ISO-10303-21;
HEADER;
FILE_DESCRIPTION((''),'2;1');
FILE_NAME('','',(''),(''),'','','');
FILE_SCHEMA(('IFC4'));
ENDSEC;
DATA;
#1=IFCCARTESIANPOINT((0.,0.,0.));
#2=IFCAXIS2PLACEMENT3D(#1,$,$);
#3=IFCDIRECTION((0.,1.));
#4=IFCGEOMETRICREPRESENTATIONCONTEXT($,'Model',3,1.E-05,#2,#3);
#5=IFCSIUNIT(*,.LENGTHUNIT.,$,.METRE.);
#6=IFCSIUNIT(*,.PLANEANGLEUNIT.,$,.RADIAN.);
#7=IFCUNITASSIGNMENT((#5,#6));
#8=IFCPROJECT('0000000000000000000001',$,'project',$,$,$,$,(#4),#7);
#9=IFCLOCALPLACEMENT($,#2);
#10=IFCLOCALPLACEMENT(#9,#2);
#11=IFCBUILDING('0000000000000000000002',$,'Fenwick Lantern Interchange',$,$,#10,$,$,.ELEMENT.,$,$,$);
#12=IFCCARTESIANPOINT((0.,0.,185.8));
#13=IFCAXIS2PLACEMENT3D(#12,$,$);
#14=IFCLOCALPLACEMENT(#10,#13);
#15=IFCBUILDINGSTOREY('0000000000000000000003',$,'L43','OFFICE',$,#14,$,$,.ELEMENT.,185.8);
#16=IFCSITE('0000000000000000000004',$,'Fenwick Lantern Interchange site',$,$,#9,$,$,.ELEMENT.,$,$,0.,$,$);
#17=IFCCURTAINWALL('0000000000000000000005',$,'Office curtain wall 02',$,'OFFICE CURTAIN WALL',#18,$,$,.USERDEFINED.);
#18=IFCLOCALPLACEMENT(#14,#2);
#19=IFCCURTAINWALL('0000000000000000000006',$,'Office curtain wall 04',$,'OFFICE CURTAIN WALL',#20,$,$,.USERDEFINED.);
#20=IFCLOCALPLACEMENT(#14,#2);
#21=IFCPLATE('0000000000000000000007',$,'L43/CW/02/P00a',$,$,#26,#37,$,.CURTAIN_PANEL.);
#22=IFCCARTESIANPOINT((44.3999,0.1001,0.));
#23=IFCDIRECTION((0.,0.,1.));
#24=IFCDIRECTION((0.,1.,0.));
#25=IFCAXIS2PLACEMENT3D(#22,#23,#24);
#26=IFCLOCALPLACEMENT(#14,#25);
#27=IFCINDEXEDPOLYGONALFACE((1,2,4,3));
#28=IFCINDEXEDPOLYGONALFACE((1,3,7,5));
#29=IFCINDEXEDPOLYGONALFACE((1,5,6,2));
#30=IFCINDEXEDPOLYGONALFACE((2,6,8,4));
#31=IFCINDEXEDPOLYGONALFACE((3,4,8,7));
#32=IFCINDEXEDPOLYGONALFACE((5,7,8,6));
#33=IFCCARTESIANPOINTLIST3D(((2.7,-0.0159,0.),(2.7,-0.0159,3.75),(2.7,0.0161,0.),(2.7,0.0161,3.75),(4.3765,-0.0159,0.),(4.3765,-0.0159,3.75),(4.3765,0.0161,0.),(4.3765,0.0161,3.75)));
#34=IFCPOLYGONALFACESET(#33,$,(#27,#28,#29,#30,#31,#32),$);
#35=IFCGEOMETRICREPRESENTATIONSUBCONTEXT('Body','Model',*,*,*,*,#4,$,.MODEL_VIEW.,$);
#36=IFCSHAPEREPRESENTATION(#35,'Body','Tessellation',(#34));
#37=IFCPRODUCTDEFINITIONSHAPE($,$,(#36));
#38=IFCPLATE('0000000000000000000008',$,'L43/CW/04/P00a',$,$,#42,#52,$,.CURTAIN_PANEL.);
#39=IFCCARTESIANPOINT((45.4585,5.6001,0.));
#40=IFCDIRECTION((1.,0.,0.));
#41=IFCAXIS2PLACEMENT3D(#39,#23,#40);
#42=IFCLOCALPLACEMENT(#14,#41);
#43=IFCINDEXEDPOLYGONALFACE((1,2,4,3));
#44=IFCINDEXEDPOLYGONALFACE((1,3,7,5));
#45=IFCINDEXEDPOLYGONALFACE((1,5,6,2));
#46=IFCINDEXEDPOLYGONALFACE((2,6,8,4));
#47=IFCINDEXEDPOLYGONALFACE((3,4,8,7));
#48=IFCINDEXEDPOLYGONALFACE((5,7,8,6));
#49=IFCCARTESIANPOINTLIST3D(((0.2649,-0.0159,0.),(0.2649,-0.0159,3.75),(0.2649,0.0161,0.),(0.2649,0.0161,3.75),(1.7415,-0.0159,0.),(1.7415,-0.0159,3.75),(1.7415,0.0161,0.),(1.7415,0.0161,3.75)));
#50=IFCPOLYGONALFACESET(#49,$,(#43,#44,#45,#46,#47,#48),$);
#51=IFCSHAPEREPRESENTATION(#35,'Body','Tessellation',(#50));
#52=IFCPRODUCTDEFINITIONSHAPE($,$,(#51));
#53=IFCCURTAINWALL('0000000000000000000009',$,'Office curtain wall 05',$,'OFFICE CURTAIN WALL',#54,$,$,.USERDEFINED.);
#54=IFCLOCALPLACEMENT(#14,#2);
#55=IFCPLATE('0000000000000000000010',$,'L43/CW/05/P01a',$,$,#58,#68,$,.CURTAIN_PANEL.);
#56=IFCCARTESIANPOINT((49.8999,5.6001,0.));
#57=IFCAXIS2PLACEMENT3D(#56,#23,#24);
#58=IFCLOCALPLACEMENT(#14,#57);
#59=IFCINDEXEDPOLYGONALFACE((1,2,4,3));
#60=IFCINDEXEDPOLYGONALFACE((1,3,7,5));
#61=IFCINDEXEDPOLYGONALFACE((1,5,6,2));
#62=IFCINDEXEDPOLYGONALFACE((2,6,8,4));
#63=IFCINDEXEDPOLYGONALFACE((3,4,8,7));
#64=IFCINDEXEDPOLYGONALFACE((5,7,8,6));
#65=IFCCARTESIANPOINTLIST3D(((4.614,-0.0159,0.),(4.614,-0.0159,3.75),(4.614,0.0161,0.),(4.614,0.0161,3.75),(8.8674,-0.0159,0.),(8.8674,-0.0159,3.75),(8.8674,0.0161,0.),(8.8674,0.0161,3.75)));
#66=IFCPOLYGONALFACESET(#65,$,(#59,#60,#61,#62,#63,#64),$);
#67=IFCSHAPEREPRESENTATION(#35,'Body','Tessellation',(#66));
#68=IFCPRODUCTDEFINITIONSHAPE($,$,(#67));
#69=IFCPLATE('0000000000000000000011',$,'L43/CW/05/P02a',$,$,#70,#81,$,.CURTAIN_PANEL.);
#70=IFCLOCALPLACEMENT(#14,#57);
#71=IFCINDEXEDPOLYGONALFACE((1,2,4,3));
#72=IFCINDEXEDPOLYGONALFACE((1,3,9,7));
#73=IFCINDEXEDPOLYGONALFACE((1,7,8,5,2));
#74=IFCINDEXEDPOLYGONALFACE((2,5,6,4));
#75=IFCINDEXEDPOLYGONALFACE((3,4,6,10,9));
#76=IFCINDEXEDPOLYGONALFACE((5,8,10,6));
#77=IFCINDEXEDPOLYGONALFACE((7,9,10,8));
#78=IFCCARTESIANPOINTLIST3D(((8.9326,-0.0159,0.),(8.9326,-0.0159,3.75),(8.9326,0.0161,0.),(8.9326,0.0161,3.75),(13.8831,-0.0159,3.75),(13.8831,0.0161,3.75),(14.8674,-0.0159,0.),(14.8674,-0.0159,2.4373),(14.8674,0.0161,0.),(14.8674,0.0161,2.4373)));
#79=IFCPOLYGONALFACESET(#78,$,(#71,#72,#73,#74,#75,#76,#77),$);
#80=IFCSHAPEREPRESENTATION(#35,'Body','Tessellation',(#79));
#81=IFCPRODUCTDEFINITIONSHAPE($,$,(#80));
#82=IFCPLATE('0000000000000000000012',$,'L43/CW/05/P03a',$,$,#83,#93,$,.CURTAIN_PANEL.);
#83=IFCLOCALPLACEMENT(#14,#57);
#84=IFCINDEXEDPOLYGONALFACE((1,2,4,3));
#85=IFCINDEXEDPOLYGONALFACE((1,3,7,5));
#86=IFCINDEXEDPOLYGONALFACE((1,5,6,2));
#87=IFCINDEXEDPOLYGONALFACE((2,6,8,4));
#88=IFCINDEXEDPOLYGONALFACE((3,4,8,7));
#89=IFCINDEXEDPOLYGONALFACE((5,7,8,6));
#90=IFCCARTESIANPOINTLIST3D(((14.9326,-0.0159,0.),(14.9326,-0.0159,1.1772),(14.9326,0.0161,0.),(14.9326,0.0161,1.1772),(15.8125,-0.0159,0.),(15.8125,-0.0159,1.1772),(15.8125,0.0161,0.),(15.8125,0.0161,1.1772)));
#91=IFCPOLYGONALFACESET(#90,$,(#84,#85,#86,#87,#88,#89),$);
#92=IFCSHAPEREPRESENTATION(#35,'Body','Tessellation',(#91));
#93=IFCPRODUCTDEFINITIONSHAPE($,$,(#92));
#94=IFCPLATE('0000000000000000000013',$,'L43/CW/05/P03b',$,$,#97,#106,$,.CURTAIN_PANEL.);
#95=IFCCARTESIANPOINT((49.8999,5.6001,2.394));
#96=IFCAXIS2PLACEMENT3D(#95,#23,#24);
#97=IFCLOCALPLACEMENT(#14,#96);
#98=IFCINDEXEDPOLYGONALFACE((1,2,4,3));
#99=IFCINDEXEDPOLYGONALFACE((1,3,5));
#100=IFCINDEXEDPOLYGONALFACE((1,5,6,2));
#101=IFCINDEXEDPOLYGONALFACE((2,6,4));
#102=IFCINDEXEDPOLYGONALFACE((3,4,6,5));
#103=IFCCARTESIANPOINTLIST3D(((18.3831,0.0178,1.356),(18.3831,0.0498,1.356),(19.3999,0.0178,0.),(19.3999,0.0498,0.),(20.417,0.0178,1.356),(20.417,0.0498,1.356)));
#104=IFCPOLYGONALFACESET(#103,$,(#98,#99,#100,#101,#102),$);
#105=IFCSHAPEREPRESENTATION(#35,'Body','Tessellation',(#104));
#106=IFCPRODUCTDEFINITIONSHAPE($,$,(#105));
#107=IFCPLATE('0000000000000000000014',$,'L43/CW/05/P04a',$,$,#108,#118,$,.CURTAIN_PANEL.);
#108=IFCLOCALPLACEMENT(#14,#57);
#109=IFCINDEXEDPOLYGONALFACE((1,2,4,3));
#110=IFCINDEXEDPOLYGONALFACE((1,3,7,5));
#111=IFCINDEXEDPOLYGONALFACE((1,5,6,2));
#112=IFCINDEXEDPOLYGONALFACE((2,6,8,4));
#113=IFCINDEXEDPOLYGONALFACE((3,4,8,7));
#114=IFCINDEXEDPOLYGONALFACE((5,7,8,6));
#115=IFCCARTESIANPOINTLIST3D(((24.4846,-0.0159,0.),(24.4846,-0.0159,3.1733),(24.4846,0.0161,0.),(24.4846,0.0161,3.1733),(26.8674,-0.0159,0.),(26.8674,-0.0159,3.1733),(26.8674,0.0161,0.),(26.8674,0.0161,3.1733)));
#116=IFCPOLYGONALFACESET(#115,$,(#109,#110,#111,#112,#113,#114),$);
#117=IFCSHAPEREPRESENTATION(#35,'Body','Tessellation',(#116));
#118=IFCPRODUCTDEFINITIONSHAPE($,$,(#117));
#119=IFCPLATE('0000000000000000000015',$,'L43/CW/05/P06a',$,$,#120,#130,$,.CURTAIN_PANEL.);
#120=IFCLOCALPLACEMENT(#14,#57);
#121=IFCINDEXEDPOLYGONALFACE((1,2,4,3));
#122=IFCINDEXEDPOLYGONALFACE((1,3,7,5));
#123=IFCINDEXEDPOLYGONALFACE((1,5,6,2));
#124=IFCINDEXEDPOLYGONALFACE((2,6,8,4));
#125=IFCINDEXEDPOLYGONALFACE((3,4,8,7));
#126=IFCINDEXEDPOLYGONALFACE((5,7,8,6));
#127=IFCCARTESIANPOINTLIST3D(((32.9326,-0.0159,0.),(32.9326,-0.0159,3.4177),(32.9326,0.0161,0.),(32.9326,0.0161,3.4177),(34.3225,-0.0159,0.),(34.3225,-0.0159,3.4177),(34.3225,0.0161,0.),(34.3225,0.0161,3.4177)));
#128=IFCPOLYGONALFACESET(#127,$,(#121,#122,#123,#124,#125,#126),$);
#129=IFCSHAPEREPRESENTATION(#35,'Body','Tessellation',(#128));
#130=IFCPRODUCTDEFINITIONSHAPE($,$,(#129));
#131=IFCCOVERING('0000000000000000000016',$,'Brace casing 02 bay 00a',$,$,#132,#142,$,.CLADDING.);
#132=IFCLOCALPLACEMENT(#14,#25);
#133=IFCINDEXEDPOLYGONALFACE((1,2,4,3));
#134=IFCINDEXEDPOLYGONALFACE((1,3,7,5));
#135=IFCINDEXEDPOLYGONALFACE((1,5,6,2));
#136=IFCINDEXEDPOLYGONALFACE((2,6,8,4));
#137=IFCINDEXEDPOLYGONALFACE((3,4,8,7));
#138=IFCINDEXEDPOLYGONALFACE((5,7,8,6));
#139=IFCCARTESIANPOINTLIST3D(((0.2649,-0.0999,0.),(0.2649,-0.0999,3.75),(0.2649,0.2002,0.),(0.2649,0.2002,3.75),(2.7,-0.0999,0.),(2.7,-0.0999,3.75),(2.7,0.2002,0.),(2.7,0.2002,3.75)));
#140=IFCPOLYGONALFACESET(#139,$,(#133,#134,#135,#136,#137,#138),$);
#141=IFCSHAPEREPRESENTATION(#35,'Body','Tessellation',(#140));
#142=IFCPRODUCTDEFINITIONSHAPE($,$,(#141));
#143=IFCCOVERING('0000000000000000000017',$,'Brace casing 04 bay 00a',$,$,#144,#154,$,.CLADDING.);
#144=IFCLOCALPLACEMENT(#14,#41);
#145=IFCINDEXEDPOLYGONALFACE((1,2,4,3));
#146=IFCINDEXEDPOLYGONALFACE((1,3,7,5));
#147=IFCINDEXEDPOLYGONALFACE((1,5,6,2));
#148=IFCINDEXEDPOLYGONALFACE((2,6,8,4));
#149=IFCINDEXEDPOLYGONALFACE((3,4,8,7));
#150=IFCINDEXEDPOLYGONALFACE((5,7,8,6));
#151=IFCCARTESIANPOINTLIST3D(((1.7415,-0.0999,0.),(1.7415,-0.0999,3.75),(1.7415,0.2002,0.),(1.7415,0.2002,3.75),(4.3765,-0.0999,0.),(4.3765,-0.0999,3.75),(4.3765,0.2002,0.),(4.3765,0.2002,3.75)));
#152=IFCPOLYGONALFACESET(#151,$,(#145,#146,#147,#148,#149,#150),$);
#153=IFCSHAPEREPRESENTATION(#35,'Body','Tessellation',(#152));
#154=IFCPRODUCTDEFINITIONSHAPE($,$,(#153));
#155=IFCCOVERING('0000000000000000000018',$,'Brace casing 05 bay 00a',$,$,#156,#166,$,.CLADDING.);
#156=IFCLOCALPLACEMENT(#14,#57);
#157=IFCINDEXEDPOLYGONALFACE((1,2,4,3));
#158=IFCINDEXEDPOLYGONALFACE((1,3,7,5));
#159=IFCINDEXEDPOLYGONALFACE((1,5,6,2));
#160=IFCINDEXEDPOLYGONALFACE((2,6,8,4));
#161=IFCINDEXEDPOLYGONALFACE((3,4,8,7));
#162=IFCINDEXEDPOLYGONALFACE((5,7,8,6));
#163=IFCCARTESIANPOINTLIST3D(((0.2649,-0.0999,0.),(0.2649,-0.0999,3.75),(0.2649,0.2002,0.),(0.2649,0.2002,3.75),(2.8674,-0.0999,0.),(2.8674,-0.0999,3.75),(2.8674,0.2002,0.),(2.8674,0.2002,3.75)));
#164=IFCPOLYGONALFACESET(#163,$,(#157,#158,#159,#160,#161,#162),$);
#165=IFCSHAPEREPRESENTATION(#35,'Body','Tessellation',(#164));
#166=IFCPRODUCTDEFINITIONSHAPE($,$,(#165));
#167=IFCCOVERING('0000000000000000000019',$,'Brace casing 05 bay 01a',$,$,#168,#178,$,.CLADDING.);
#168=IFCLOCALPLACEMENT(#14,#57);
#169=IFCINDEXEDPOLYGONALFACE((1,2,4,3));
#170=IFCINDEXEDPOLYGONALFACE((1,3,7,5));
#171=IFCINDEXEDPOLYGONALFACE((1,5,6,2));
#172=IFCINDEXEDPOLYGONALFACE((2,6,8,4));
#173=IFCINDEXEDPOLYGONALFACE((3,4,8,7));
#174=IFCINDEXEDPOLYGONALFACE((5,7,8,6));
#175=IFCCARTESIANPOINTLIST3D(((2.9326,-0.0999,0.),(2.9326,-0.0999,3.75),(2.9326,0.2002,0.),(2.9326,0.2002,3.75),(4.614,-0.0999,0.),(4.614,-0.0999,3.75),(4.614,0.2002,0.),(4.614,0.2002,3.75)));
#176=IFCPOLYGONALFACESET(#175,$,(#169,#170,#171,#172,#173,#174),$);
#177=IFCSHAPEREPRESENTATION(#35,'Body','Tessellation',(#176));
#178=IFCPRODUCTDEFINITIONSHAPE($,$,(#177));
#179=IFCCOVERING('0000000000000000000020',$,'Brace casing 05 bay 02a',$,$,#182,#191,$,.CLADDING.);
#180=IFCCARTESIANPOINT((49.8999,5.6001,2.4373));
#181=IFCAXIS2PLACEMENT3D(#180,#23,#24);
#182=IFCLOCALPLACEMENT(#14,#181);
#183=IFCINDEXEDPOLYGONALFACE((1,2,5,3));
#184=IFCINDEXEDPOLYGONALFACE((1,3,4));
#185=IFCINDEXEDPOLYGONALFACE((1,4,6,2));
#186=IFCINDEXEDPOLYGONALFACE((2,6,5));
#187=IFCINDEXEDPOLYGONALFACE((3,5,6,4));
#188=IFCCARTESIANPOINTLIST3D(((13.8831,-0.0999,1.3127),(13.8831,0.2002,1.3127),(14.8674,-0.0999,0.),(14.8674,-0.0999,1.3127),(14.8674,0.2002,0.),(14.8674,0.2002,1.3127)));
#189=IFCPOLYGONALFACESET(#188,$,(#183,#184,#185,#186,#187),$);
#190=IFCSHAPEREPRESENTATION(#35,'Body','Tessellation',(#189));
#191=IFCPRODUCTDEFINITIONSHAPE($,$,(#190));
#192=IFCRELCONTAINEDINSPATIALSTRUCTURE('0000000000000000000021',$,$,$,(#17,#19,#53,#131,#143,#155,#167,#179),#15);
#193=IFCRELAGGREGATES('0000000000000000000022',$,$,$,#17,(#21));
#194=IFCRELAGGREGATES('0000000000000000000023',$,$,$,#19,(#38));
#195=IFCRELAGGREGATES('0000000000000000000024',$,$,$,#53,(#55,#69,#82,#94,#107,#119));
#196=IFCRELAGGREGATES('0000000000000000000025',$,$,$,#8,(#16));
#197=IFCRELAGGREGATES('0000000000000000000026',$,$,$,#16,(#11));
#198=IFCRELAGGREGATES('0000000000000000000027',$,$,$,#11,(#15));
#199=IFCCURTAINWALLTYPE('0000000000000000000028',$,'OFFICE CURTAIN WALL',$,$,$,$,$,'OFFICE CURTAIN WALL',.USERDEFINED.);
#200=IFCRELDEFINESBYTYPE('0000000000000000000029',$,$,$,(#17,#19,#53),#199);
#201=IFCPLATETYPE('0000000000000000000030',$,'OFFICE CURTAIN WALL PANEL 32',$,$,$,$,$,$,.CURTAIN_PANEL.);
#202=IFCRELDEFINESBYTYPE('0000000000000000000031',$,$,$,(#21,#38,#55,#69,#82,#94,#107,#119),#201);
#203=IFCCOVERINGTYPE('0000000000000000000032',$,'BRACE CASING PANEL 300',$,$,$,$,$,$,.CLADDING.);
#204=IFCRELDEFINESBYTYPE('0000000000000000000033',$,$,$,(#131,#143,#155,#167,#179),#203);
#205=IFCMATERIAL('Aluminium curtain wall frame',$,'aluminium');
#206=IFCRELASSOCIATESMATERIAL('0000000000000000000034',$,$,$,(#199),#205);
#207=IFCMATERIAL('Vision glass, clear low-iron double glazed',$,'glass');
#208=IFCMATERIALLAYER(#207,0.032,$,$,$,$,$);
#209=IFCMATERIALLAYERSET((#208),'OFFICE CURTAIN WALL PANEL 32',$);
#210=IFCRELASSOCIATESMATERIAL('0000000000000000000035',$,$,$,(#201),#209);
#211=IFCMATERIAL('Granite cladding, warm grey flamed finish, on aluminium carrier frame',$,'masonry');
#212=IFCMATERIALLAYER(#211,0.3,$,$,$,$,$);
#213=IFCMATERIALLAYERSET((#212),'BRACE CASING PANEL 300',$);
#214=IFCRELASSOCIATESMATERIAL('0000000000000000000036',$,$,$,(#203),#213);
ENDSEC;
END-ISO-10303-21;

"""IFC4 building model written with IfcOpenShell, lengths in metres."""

from ifc_helpers import new_model, si_unit, direction, frame, origin, place, context, subcontext, project, spatial, polyline, outline, extrude, material, layer, layer_set, type_object, element, aggregate, save


model = new_model("IFC4")

# Units and contexts
model_context = context("Model", 3, precision=1e-05, world=origin(), true_north=direction((0.0, 1.0)))
body_context = subcontext(model_context, "Body", "Model", "MODEL_VIEW")
ifc_project = project(units=[si_unit("LENGTHUNIT", "METRE"), si_unit("PLANEANGLEUNIT", "RADIAN")], contexts=[model_context])

# Site, building, storey
site_placement = place(None, origin())
site = spatial("IfcSite", under=ifc_project, at=site_placement, Name="Fenwick Lantern Interchange site", CompositionType="ELEMENT", RefElevation=0.0)
building_placement = place(site_placement, origin())
building = spatial("IfcBuilding", under=site, at=building_placement, Name="Fenwick Lantern Interchange", CompositionType="ELEMENT")
storey_placement = place(building_placement, frame((0.0, 0.0, 185.8)))
storey = spatial("IfcBuildingStorey", under=building, at=storey_placement, Name="L43", Description="OFFICE", CompositionType="ELEMENT", Elevation=185.8)

# Shared definitions
ifc_material_1 = material(Name="Aluminium curtain wall frame", Category="aluminium")
curtain_wall_type = type_object("IfcCurtainWallType", Name="OFFICE CURTAIN WALL", ElementType="OFFICE CURTAIN WALL", PredefinedType="USERDEFINED", material=ifc_material_1)

# Curtain walls
curtain_wall_1_placement = place(storey_placement, origin())
curtain_wall_1 = element("IfcCurtainWall", 1, at=curtain_wall_1_placement, inside=storey, type_object=curtain_wall_type, Name="Office curtain wall 02", ObjectType="OFFICE CURTAIN WALL", PredefinedType="USERDEFINED")
curtain_wall_2_placement = place(storey_placement, origin())
curtain_wall_2 = element("IfcCurtainWall", 2, at=curtain_wall_2_placement, inside=storey, type_object=curtain_wall_type, Name="Office curtain wall 04", ObjectType="OFFICE CURTAIN WALL", PredefinedType="USERDEFINED")

# Plates
ifc_material_2 = material(Name="Vision glass, clear low-iron double glazed", Category="glass")
ifc_layer_1 = layer(ifc_material_2, 0.032)
ifc_layer_set_1 = layer_set([ifc_layer_1], Name="OFFICE CURTAIN WALL PANEL 32")
plate_type = type_object("IfcPlateType", Name="OFFICE CURTAIN WALL PANEL 32", PredefinedType="CURTAIN_PANEL", material=ifc_layer_set_1)
plate_1_placement = place(storey_placement, frame((44.3999, 0.1001, 0.0), z_axis=(0.0, 0.0, 1.0), x_axis=(0.0, 1.0, 0.0)))
plate_1 = element("IfcPlate", 3, at=plate_1_placement, type_object=plate_type, Name="L43/CW/02/P00a", PredefinedType="CURTAIN_PANEL", context=body_context, shape_type="SweptSolid", body=[
    extrude(outline(polyline([(2.7, 0.0), (4.3765, 0.0), (4.3765, 3.75), (2.7, 3.75), (2.7, 0.0)])), frame((0.0, 0.0161, 0.0), z_axis=(0.0, -1.0, 0.0), x_axis=(1.0, 0.0, 0.0)), (0.0, 0.0, 1.0), 0.032),
])
aggregate(curtain_wall_1, [plate_1])
plate_2_placement = place(storey_placement, frame((45.4585, 5.6001, 0.0), z_axis=(0.0, 0.0, 1.0), x_axis=(1.0, 0.0, 0.0)))
plate_2 = element("IfcPlate", 4, at=plate_2_placement, type_object=plate_type, Name="L43/CW/04/P00a", PredefinedType="CURTAIN_PANEL", context=body_context, shape_type="SweptSolid", body=[
    extrude(outline(polyline([(0.2649, 0.0), (1.7415, 0.0), (1.7415, 3.75), (0.2649, 3.75), (0.2649, 0.0)])), frame((0.0, 0.0161, 0.0), z_axis=(0.0, -1.0, 0.0), x_axis=(1.0, 0.0, 0.0)), (0.0, 0.0, 1.0), 0.032),
])
aggregate(curtain_wall_2, [plate_2])

# Curtain wall, plates
curtain_wall_3_placement = place(storey_placement, origin())
curtain_wall_3 = element("IfcCurtainWall", 5, at=curtain_wall_3_placement, inside=storey, type_object=curtain_wall_type, Name="Office curtain wall 05", ObjectType="OFFICE CURTAIN WALL", PredefinedType="USERDEFINED")
plate_3_placement = place(storey_placement, frame((49.8999, 5.6001, 0.0), z_axis=(0.0, 0.0, 1.0), x_axis=(0.0, 1.0, 0.0)))
plate_3 = element("IfcPlate", 6, at=plate_3_placement, type_object=plate_type, Name="L43/CW/05/P01a", PredefinedType="CURTAIN_PANEL", context=body_context, shape_type="SweptSolid", body=[
    extrude(outline(polyline([(4.614, 0.0), (8.8674, 0.0), (8.8674, 3.75), (4.614, 3.75), (4.614, 0.0)])), frame((0.0, 0.0161, 0.0), z_axis=(0.0, -1.0, 0.0), x_axis=(1.0, 0.0, 0.0)), (0.0, 0.0, 1.0), 0.032),
])
plate_4_placement = place(storey_placement, frame((49.8999, 5.6001, 0.0), z_axis=(0.0, 0.0, 1.0), x_axis=(0.0, 1.0, 0.0)))
plate_4 = element("IfcPlate", 7, at=plate_4_placement, type_object=plate_type, Name="L43/CW/05/P02a", PredefinedType="CURTAIN_PANEL", context=body_context, shape_type="SweptSolid", body=[
    extrude(outline(polyline([(8.9326, 0.0), (14.8674, 0.0), (14.8674, 2.4373), (13.8831, 3.75), (8.9326, 3.75), (8.9326, 0.0)])), frame((0.0, 0.0161, 0.0), z_axis=(0.0, -1.0, 0.0), x_axis=(1.0, 0.0, 0.0)), (0.0, 0.0, 1.0), 0.032),
])
plate_5_placement = place(storey_placement, frame((49.8999, 5.6001, 0.0), z_axis=(0.0, 0.0, 1.0), x_axis=(0.0, 1.0, 0.0)))
plate_5 = element("IfcPlate", 8, at=plate_5_placement, type_object=plate_type, Name="L43/CW/05/P03a", PredefinedType="CURTAIN_PANEL", context=body_context, shape_type="SweptSolid", body=[
    extrude(outline(polyline([(14.9326, 0.0), (15.8125, 0.0), (15.8125, 1.1772), (14.9326, 1.1772), (14.9326, 0.0)])), frame((0.0, 0.0161, 0.0), z_axis=(0.0, -1.0, 0.0), x_axis=(1.0, 0.0, 0.0)), (0.0, 0.0, 1.0), 0.032),
])
plate_6_placement = place(storey_placement, frame((49.8999, 5.6001, 2.394), z_axis=(0.0, 0.0, 1.0), x_axis=(0.0, 1.0, 0.0)))
plate_6 = element("IfcPlate", 9, at=plate_6_placement, type_object=plate_type, Name="L43/CW/05/P03b", PredefinedType="CURTAIN_PANEL", context=body_context, shape_type="SweptSolid", body=[
    extrude(outline(polyline([(19.3999, 0.0), (20.417, 1.356), (18.3831, 1.356), (19.3999, 0.0)])), frame((0.0, 0.0498, 0.0), z_axis=(0.0, -1.0, 0.0), x_axis=(1.0, 0.0, 0.0)), (0.0, 0.0, 1.0), 0.032),
])
plate_7_placement = place(storey_placement, frame((49.8999, 5.6001, 0.0), z_axis=(0.0, 0.0, 1.0), x_axis=(0.0, 1.0, 0.0)))
plate_7 = element("IfcPlate", 10, at=plate_7_placement, type_object=plate_type, Name="L43/CW/05/P04a", PredefinedType="CURTAIN_PANEL", context=body_context, shape_type="SweptSolid", body=[
    extrude(outline(polyline([(24.4846, 0.0), (26.8674, 0.0), (26.8674, 3.1733), (24.4846, 3.1733), (24.4846, 0.0)])), frame((0.0, 0.0161, 0.0), z_axis=(0.0, -1.0, 0.0), x_axis=(1.0, 0.0, 0.0)), (0.0, 0.0, 1.0), 0.032),
])
plate_8_placement = place(storey_placement, frame((49.8999, 5.6001, 0.0), z_axis=(0.0, 0.0, 1.0), x_axis=(0.0, 1.0, 0.0)))
plate_8 = element("IfcPlate", 11, at=plate_8_placement, type_object=plate_type, Name="L43/CW/05/P06a", PredefinedType="CURTAIN_PANEL", context=body_context, shape_type="SweptSolid", body=[
    extrude(outline(polyline([(32.9326, 0.0), (34.3225, 0.0), (34.3225, 3.4177), (32.9326, 3.4177), (32.9326, 0.0)])), frame((0.0, 0.0161, 0.0), z_axis=(0.0, -1.0, 0.0), x_axis=(1.0, 0.0, 0.0)), (0.0, 0.0, 1.0), 0.032),
])
aggregate(curtain_wall_3, [plate_3, plate_4, plate_5, plate_6, plate_7, plate_8])

# Coverings
ifc_material_3 = material(Name="Granite cladding, warm grey flamed finish, on aluminium carrier frame", Category="masonry")
ifc_layer_2 = layer(ifc_material_3, 0.3)
ifc_layer_set_2 = layer_set([ifc_layer_2], Name="BRACE CASING PANEL 300")
covering_type = type_object("IfcCoveringType", Name="BRACE CASING PANEL 300", PredefinedType="CLADDING", material=ifc_layer_set_2)
covering_1_placement = place(storey_placement, frame((44.3999, 0.1001, 0.0), z_axis=(0.0, 0.0, 1.0), x_axis=(0.0, 1.0, 0.0)))
element("IfcCovering", 12, at=covering_1_placement, inside=storey, type_object=covering_type, Name="Brace casing 02 bay 00a", PredefinedType="CLADDING", context=body_context, shape_type="SweptSolid", body=[
    extrude(outline(polyline([(0.2649, 0.0), (2.7, 0.0), (2.7, 3.75), (0.2649, 3.75), (0.2649, 0.0)])), frame((0.0, 0.2002, 0.0), z_axis=(0.0, -1.0, 0.0), x_axis=(1.0, 0.0, 0.0)), (0.0, 0.0, 1.0), 0.3),
])
covering_2_placement = place(storey_placement, frame((45.4585, 5.6001, 0.0), z_axis=(0.0, 0.0, 1.0), x_axis=(1.0, 0.0, 0.0)))
element("IfcCovering", 13, at=covering_2_placement, inside=storey, type_object=covering_type, Name="Brace casing 04 bay 00a", PredefinedType="CLADDING", context=body_context, shape_type="SweptSolid", body=[
    extrude(outline(polyline([(1.7415, 0.0), (4.3765, 0.0), (4.3765, 3.75), (1.7415, 3.75), (1.7415, 0.0)])), frame((0.0, 0.2002, 0.0), z_axis=(0.0, -1.0, 0.0), x_axis=(1.0, 0.0, 0.0)), (0.0, 0.0, 1.0), 0.3),
])
covering_3_placement = place(storey_placement, frame((49.8999, 5.6001, 0.0), z_axis=(0.0, 0.0, 1.0), x_axis=(0.0, 1.0, 0.0)))
element("IfcCovering", 14, at=covering_3_placement, inside=storey, type_object=covering_type, Name="Brace casing 05 bay 00a", PredefinedType="CLADDING", context=body_context, shape_type="SweptSolid", body=[
    extrude(outline(polyline([(0.2649, 0.0), (2.8674, 0.0), (2.8674, 3.75), (0.2649, 3.75), (0.2649, 0.0)])), frame((0.0, 0.2002, 0.0), z_axis=(0.0, -1.0, 0.0), x_axis=(1.0, 0.0, 0.0)), (0.0, 0.0, 1.0), 0.3),
])
covering_4_placement = place(storey_placement, frame((49.8999, 5.6001, 0.0), z_axis=(0.0, 0.0, 1.0), x_axis=(0.0, 1.0, 0.0)))
element("IfcCovering", 15, at=covering_4_placement, inside=storey, type_object=covering_type, Name="Brace casing 05 bay 01a", PredefinedType="CLADDING", context=body_context, shape_type="SweptSolid", body=[
    extrude(outline(polyline([(2.9326, 0.0), (4.614, 0.0), (4.614, 3.75), (2.9326, 3.75), (2.9326, 0.0)])), frame((0.0, 0.2002, 0.0), z_axis=(0.0, -1.0, 0.0), x_axis=(1.0, 0.0, 0.0)), (0.0, 0.0, 1.0), 0.3),
])
covering_5_placement = place(storey_placement, frame((49.8999, 5.6001, 2.4373), z_axis=(0.0, 0.0, 1.0), x_axis=(0.0, 1.0, 0.0)))
element("IfcCovering", 16, at=covering_5_placement, inside=storey, type_object=covering_type, Name="Brace casing 05 bay 02a", PredefinedType="CLADDING", context=body_context, shape_type="SweptSolid", body=[
    extrude(outline(polyline([(14.8674, 0.0), (14.8674, 1.3127), (13.8831, 1.3127), (14.8674, 0.0)])), frame((0.0, 0.2002, 0.0), z_axis=(0.0, -1.0, 0.0), x_axis=(1.0, 0.0, 0.0)), (0.0, 0.0, 1.0), 0.3),
])

save(model, "model.ifc")
